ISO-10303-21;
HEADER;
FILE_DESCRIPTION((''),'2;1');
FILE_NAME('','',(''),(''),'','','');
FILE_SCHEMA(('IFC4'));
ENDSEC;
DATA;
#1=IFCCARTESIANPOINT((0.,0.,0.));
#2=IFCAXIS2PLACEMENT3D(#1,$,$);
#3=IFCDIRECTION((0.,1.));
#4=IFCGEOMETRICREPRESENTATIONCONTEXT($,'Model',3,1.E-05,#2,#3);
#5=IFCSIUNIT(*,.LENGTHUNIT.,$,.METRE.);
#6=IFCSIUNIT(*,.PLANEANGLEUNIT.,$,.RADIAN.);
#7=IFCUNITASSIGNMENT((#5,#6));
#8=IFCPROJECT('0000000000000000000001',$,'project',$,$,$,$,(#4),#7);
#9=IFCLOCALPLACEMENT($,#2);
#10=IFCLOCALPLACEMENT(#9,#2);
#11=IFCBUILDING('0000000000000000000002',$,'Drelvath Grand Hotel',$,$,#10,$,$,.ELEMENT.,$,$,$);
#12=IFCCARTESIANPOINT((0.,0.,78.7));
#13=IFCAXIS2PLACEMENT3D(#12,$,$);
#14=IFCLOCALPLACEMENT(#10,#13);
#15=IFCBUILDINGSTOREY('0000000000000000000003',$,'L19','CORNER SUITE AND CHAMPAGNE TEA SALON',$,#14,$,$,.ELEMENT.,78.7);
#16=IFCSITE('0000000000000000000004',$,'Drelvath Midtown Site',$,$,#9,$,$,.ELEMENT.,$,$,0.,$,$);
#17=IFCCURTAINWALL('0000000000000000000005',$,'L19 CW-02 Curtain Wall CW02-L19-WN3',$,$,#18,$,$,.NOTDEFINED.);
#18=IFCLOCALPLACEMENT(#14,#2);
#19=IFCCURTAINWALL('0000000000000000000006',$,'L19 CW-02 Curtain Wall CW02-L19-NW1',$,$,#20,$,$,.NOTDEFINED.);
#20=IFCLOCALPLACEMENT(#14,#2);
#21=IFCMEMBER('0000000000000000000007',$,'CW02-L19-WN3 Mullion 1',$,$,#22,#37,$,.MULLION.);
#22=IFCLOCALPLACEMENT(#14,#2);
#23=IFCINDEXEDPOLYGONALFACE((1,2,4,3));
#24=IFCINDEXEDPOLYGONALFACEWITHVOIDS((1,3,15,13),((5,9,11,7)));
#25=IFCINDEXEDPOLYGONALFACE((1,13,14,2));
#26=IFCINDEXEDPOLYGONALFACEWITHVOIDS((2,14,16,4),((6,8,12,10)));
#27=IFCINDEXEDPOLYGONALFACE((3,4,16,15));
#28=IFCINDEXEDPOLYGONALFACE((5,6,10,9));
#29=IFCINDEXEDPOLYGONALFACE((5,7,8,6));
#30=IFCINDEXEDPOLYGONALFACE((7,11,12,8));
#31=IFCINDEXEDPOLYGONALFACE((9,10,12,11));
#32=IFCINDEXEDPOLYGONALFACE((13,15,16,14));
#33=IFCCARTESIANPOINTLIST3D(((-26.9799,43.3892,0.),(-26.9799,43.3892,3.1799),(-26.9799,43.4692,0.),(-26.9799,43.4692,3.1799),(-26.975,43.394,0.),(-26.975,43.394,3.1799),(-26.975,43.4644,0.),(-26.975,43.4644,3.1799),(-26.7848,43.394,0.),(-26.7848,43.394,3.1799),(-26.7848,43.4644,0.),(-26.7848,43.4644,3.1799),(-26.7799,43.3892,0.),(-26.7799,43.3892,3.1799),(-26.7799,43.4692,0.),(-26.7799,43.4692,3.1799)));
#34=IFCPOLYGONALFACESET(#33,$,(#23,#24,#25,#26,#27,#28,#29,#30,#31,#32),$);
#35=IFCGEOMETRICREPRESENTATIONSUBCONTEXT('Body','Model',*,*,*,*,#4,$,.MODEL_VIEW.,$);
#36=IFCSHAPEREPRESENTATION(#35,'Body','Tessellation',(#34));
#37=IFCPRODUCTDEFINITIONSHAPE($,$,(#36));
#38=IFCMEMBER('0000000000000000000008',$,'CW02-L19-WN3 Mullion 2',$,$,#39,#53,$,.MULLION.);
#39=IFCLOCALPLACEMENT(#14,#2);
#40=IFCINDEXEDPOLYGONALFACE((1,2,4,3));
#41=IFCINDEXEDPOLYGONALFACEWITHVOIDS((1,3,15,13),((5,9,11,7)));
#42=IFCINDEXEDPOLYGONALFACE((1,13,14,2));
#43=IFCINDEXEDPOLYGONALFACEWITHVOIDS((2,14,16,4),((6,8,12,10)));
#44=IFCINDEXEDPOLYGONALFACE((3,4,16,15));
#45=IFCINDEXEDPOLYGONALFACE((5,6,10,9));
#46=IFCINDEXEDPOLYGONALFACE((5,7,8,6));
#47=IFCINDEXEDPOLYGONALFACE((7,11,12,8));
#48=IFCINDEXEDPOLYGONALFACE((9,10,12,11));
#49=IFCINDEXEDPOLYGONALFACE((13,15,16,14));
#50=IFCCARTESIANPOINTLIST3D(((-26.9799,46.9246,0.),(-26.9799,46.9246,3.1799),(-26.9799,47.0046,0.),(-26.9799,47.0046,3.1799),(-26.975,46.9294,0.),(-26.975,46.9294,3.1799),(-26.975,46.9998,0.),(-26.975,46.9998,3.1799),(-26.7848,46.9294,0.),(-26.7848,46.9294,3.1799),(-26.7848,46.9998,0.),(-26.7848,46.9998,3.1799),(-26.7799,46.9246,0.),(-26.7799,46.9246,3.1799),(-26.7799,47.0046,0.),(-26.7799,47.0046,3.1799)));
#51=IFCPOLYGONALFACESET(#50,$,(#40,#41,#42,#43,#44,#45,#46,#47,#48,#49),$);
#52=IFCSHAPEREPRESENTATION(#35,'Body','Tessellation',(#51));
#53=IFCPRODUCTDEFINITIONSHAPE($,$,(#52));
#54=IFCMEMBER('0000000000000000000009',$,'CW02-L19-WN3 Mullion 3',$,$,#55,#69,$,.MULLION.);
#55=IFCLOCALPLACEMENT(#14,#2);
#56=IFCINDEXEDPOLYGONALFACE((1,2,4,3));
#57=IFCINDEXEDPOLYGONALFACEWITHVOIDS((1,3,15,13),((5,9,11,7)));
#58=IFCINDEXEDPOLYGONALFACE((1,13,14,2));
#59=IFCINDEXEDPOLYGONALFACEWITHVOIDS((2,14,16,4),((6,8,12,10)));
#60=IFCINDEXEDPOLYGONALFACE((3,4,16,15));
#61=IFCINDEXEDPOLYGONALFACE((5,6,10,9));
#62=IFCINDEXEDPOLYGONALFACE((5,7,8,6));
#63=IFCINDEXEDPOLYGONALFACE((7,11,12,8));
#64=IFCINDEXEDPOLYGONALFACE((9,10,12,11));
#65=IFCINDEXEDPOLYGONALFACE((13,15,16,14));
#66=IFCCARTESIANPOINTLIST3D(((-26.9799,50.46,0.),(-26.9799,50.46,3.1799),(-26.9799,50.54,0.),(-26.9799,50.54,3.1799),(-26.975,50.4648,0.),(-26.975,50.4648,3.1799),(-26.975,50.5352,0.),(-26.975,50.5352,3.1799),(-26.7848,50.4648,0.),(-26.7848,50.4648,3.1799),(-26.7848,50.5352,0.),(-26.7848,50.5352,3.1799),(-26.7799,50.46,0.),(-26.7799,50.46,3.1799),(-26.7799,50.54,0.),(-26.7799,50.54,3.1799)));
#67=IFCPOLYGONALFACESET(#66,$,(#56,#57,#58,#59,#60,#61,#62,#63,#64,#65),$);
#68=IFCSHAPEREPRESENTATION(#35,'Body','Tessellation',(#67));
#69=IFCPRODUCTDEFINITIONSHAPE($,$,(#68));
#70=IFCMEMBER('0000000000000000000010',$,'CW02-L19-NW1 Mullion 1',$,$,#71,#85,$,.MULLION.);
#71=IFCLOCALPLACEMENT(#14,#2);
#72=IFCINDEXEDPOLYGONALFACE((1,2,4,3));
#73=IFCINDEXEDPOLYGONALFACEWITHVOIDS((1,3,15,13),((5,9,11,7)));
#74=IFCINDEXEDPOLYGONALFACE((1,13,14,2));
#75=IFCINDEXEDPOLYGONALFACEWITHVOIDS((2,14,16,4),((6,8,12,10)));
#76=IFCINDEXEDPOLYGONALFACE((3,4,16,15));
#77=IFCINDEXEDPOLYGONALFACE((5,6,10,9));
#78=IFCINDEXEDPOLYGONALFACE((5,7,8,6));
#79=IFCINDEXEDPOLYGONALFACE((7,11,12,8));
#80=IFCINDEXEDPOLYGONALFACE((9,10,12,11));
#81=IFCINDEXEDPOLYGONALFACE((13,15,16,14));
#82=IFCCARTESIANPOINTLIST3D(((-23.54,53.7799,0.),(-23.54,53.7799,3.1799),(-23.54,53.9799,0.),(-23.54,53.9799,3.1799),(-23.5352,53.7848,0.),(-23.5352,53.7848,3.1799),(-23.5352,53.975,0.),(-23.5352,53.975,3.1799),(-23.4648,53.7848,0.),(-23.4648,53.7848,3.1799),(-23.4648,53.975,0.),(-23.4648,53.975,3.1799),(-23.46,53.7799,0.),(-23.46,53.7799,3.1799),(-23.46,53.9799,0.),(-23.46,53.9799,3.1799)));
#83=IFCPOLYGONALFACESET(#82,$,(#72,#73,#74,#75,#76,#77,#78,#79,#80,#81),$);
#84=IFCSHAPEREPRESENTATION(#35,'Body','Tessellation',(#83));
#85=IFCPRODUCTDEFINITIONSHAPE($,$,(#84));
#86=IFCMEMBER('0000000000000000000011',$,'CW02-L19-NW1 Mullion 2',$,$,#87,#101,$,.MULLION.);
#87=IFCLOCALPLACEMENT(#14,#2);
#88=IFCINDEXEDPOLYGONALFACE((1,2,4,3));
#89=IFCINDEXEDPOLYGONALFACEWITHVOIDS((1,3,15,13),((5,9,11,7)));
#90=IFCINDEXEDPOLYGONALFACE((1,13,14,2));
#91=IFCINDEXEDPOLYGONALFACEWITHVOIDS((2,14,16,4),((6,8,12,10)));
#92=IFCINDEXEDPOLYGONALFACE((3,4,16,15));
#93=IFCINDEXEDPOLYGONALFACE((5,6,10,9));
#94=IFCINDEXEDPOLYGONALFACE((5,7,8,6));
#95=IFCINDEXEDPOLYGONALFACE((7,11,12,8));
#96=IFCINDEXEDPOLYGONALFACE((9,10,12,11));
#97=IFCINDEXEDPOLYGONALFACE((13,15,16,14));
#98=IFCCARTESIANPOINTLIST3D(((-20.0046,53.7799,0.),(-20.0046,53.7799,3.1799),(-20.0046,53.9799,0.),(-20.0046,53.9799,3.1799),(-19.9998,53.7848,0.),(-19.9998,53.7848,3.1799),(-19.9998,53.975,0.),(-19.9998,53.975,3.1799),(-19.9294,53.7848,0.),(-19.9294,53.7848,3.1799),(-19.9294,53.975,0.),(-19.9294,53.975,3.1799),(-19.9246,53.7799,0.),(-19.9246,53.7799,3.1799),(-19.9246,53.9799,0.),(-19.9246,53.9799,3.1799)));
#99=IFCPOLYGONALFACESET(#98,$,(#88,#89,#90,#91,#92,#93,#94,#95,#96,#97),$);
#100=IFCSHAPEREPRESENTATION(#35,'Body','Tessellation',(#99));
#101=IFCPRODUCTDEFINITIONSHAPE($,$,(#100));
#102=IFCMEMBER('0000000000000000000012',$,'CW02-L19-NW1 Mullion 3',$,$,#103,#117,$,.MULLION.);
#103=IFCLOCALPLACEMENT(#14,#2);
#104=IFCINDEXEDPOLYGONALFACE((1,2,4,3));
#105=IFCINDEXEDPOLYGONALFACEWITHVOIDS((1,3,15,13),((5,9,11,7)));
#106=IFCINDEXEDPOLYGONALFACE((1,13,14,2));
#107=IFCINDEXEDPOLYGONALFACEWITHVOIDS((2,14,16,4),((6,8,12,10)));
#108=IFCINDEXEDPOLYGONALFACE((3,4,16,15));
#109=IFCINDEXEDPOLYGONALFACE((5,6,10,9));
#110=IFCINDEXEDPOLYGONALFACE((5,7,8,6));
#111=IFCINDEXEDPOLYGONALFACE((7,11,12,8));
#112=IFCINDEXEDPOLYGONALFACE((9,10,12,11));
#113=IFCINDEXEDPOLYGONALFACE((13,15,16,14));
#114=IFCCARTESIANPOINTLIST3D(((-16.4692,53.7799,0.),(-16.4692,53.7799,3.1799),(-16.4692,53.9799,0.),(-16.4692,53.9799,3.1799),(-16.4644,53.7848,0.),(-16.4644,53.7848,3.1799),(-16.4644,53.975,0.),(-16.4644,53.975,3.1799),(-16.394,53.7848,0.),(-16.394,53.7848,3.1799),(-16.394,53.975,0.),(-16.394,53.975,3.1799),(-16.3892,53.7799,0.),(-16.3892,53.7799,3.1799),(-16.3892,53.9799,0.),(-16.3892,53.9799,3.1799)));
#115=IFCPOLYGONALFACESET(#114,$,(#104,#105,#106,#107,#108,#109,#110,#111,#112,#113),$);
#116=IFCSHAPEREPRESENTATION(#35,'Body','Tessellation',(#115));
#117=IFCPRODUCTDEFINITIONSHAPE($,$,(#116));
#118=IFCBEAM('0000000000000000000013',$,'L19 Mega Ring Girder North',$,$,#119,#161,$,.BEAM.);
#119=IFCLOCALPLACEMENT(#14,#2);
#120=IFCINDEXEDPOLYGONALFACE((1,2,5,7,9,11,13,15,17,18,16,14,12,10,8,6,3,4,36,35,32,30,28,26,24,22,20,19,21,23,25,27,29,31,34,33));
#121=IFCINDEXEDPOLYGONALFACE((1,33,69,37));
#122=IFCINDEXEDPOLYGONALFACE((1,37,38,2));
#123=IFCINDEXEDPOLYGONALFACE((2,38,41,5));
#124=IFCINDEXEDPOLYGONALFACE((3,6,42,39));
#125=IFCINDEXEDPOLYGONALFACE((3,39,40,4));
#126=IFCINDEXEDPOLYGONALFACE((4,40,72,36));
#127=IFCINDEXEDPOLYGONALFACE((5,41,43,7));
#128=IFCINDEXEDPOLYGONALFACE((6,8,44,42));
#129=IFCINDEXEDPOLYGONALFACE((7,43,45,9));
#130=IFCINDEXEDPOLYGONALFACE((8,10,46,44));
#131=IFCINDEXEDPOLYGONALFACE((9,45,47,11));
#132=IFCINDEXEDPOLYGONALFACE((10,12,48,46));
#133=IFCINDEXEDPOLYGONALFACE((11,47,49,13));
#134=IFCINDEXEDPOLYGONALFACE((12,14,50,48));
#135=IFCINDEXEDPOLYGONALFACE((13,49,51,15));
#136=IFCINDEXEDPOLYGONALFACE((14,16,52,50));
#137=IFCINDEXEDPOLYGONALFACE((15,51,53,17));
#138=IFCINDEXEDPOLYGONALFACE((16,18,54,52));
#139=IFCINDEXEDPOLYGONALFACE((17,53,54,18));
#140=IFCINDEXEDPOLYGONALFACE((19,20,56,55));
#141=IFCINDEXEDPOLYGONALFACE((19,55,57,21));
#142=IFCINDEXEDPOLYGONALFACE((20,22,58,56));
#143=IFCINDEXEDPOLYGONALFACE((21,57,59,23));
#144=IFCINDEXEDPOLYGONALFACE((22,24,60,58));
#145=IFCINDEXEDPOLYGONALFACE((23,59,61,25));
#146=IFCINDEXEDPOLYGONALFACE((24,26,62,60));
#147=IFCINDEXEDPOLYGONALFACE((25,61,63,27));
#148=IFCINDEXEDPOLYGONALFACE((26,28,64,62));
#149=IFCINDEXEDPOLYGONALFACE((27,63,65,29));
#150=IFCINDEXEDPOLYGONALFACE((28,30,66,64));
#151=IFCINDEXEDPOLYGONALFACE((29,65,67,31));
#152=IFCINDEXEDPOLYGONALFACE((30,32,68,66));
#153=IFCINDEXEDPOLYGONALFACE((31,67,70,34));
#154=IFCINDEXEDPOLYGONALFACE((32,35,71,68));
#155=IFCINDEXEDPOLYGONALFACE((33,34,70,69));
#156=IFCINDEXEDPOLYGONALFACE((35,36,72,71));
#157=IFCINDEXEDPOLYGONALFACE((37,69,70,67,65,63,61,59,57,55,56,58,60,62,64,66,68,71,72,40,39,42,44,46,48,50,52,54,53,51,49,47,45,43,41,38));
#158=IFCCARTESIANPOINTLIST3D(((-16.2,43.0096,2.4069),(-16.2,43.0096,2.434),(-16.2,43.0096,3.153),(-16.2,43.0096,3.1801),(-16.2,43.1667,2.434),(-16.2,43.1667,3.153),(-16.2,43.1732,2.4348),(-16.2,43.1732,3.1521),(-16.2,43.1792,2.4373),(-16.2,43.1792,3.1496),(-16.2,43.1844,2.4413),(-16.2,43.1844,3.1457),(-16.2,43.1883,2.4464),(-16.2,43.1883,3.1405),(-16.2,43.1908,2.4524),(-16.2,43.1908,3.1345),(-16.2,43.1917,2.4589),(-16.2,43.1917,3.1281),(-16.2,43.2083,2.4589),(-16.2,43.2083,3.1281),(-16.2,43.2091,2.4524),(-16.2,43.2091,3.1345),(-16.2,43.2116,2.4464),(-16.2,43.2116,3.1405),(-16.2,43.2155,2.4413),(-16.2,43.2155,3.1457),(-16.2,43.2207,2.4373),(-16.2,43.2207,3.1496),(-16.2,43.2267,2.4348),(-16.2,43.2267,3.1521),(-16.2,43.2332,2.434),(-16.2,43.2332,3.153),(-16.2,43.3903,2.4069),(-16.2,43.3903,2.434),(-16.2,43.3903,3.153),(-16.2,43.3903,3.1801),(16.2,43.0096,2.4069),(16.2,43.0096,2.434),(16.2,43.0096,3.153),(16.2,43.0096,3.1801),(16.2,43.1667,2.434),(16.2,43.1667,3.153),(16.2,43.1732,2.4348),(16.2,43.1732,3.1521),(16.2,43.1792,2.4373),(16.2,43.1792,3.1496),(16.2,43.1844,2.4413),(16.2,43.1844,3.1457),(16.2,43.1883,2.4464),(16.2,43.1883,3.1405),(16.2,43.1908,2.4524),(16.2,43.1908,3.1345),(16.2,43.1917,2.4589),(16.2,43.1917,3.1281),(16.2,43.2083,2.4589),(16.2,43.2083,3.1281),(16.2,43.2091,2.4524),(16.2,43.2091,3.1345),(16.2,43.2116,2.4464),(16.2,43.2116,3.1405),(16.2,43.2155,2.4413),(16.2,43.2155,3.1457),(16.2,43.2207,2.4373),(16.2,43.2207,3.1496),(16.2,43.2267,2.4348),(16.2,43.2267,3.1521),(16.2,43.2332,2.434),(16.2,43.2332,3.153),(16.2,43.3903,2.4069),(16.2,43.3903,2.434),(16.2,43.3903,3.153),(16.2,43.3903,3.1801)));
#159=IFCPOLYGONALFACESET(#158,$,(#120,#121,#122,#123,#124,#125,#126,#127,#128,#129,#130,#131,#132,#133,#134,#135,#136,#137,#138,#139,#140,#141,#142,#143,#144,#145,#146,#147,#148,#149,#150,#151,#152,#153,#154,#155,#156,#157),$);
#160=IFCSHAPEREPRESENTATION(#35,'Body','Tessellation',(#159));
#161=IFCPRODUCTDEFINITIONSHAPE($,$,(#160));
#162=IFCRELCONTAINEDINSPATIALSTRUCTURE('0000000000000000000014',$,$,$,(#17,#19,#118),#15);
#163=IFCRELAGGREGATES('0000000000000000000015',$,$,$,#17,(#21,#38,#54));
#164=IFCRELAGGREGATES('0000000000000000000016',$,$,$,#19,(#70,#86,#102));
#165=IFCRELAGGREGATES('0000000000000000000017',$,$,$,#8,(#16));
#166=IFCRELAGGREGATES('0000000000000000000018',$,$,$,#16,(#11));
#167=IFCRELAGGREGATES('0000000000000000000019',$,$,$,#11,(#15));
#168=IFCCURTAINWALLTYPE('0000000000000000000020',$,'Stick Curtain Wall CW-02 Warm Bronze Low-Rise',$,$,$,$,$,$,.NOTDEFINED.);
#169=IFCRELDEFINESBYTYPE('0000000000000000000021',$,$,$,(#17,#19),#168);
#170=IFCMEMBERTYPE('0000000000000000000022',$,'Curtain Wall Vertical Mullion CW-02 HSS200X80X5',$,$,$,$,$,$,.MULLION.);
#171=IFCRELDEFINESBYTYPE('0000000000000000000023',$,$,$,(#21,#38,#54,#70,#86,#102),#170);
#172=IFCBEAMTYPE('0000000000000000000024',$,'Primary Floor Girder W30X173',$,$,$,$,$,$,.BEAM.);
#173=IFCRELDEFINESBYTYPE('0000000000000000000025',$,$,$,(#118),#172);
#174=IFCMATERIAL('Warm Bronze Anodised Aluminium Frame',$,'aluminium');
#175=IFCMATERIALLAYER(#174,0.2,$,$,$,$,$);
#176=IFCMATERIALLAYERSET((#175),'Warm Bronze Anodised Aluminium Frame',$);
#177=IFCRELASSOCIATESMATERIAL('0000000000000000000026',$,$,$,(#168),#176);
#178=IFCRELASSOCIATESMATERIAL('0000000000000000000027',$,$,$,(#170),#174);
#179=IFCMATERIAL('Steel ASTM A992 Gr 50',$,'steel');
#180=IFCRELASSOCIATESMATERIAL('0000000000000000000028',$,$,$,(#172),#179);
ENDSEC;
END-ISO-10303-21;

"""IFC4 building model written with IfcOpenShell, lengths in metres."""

from ifc_helpers import new_model, si_unit, direction, frame, origin, origin_2d, place, context, subcontext, project, spatial, hollow_rectangle, i_section, extrude, material, layer, layer_set, material_profile, profile_set, type_object, element, aggregate, save


model = new_model("IFC4")

# Units and contexts
model_context = context("Model", 3, precision=1e-05, world=origin(), true_north=direction((0.0, 1.0)))
body_context = subcontext(model_context, "Body", "Model", "MODEL_VIEW")
ifc_project = project(units=[si_unit("LENGTHUNIT", "METRE"), si_unit("PLANEANGLEUNIT", "RADIAN")], contexts=[model_context])

# Site, building, storey
site_placement = place(None, origin())
site = spatial("IfcSite", under=ifc_project, at=site_placement, Name="Drelvath Midtown Site", CompositionType="ELEMENT", RefElevation=0.0)
building_placement = place(site_placement, origin())
building = spatial("IfcBuilding", under=site, at=building_placement, Name="Drelvath Grand Hotel", CompositionType="ELEMENT")
storey_placement = place(building_placement, frame((0.0, 0.0, 78.7)))
storey = spatial("IfcBuildingStorey", under=building, at=storey_placement, Name="L19", Description="CORNER SUITE AND CHAMPAGNE TEA SALON", CompositionType="ELEMENT", Elevation=78.7)

# Shared definitions
ifc_material_1 = material(Name="Steel ASTM A992 Gr 50", Category="steel")

# Curtain walls
ifc_material_2 = material(Name="Warm Bronze Anodised Aluminium Frame", Category="aluminium")
ifc_layer_1 = layer(ifc_material_2, 0.2)
ifc_layer_set_1 = layer_set([ifc_layer_1], Name="Warm Bronze Anodised Aluminium Frame")
curtain_wall_type = type_object("IfcCurtainWallType", Name="Stick Curtain Wall CW-02 Warm Bronze Low-Rise", PredefinedType="NOTDEFINED", material=ifc_layer_set_1)
curtain_wall_1_placement = place(storey_placement, origin())
curtain_wall_1 = element("IfcCurtainWall", 1, at=curtain_wall_1_placement, inside=storey, type_object=curtain_wall_type, Name="L19 CW-02 Curtain Wall CW02-L19-WN3", PredefinedType="NOTDEFINED")
curtain_wall_2_placement = place(storey_placement, origin())
curtain_wall_2 = element("IfcCurtainWall", 2, at=curtain_wall_2_placement, inside=storey, type_object=curtain_wall_type, Name="L19 CW-02 Curtain Wall CW02-L19-NW1", PredefinedType="NOTDEFINED")

# Shared definitions
ifc_material_profile_1 = material_profile(ifc_material_2, hollow_rectangle(XDim=0.0801, YDim=0.2, WallThickness=0.0049, at=origin_2d()), Name="HSS200X80X5")
ifc_profile_set_1 = profile_set([ifc_material_profile_1], Name="Warm Bronze Anodised Aluminium Frame")
member_type_1 = type_object("IfcMemberType", Name="Curtain Wall Vertical Mullion CW-02 HSS200X80X5", PredefinedType="MULLION", material=ifc_profile_set_1)

# Members
member_1_placement = place(storey_placement, frame((-26.8799, 43.4292, 0.0), z_axis=(0.0, 0.0, 1.0), x_axis=(0.0, 1.0, 0.0)))
member_1 = element("IfcMember", 3, at=member_1_placement, type_object=member_type_1, Name="CW02-L19-WN3 Mullion 1", PredefinedType="MULLION", context=body_context, shape_type="SweptSolid", body=[
    extrude(hollow_rectangle(XDim=0.0801, YDim=0.2, WallThickness=0.0049, at=origin_2d()), origin(), (0.0, 0.0, 1.0), 3.1799),
])
member_2_placement = place(storey_placement, frame((-26.8799, 46.9646, 0.0), z_axis=(0.0, 0.0, 1.0), x_axis=(0.0, 1.0, 0.0)))
member_2 = element("IfcMember", 4, at=member_2_placement, type_object=member_type_1, Name="CW02-L19-WN3 Mullion 2", PredefinedType="MULLION", context=body_context, shape_type="SweptSolid", body=[
    extrude(hollow_rectangle(XDim=0.0801, YDim=0.2, WallThickness=0.0049, at=origin_2d()), origin(), (0.0, 0.0, 1.0), 3.1799),
])
member_3_placement = place(storey_placement, frame((-26.8799, 50.5, 0.0), z_axis=(0.0, 0.0, 1.0), x_axis=(0.0, 1.0, 0.0)))
member_3 = element("IfcMember", 5, at=member_3_placement, type_object=member_type_1, Name="CW02-L19-WN3 Mullion 3", PredefinedType="MULLION", context=body_context, shape_type="SweptSolid", body=[
    extrude(hollow_rectangle(XDim=0.0801, YDim=0.2, WallThickness=0.0049, at=origin_2d()), origin(), (0.0, 0.0, 1.0), 3.1799),
])
member_4_placement = place(storey_placement, frame((-23.5, 53.8799, 0.0), z_axis=(0.0, 0.0, 1.0), x_axis=(1.0, 0.0, 0.0)))
member_4 = element("IfcMember", 6, at=member_4_placement, type_object=member_type_1, Name="CW02-L19-NW1 Mullion 1", PredefinedType="MULLION", context=body_context, shape_type="SweptSolid", body=[
    extrude(hollow_rectangle(XDim=0.0801, YDim=0.2, WallThickness=0.0049, at=origin_2d()), origin(), (0.0, 0.0, 1.0), 3.1799),
])
member_5_placement = place(storey_placement, frame((-19.9646, 53.8799, 0.0), z_axis=(0.0, 0.0, 1.0), x_axis=(1.0, 0.0, 0.0)))
member_5 = element("IfcMember", 7, at=member_5_placement, type_object=member_type_1, Name="CW02-L19-NW1 Mullion 2", PredefinedType="MULLION", context=body_context, shape_type="SweptSolid", body=[
    extrude(hollow_rectangle(XDim=0.0801, YDim=0.2, WallThickness=0.0049, at=origin_2d()), origin(), (0.0, 0.0, 1.0), 3.1799),
])
member_6_placement = place(storey_placement, frame((-16.4292, 53.8799, 0.0), z_axis=(0.0, 0.0, 1.0), x_axis=(1.0, 0.0, 0.0)))
member_6 = element("IfcMember", 8, at=member_6_placement, type_object=member_type_1, Name="CW02-L19-NW1 Mullion 3", PredefinedType="MULLION", context=body_context, shape_type="SweptSolid", body=[
    extrude(hollow_rectangle(XDim=0.0801, YDim=0.2, WallThickness=0.0049, at=origin_2d()), origin(), (0.0, 0.0, 1.0), 3.1799),
])

# Beam
ifc_material_profile_2 = material_profile(ifc_material_1, i_section(OverallWidth=0.3806, OverallDepth=0.7732, WebThickness=0.0166, FlangeThickness=0.0271, FilletRadius=0.0249, at=origin_2d()), Name="W30X173")
ifc_profile_set_2 = profile_set([ifc_material_profile_2], Name="Steel ASTM A992 Gr 50")
beam_type_1 = type_object("IfcBeamType", Name="Primary Floor Girder W30X173", PredefinedType="BEAM", material=ifc_profile_set_2)
beam_1_placement = place(storey_placement, frame((-16.2, 43.2, 2.7935), z_axis=(1.0, 0.0, 0.0), x_axis=(0.0, 1.0, 0.0)))
element("IfcBeam", 9, at=beam_1_placement, inside=storey, type_object=beam_type_1, Name="L19 Mega Ring Girder North", PredefinedType="BEAM", context=body_context, shape_type="SweptSolid", body=[
    extrude(i_section(OverallWidth=0.3806, OverallDepth=0.7732, WebThickness=0.0166, FlangeThickness=0.0271, FilletRadius=0.0249, at=origin_2d()), origin(), (0.0, 0.0, 1.0), 32.3999),
])

aggregate(curtain_wall_1, [member_1, member_2, member_3])
aggregate(curtain_wall_2, [member_4, member_5, member_6])

save(model, "model.ifc")
